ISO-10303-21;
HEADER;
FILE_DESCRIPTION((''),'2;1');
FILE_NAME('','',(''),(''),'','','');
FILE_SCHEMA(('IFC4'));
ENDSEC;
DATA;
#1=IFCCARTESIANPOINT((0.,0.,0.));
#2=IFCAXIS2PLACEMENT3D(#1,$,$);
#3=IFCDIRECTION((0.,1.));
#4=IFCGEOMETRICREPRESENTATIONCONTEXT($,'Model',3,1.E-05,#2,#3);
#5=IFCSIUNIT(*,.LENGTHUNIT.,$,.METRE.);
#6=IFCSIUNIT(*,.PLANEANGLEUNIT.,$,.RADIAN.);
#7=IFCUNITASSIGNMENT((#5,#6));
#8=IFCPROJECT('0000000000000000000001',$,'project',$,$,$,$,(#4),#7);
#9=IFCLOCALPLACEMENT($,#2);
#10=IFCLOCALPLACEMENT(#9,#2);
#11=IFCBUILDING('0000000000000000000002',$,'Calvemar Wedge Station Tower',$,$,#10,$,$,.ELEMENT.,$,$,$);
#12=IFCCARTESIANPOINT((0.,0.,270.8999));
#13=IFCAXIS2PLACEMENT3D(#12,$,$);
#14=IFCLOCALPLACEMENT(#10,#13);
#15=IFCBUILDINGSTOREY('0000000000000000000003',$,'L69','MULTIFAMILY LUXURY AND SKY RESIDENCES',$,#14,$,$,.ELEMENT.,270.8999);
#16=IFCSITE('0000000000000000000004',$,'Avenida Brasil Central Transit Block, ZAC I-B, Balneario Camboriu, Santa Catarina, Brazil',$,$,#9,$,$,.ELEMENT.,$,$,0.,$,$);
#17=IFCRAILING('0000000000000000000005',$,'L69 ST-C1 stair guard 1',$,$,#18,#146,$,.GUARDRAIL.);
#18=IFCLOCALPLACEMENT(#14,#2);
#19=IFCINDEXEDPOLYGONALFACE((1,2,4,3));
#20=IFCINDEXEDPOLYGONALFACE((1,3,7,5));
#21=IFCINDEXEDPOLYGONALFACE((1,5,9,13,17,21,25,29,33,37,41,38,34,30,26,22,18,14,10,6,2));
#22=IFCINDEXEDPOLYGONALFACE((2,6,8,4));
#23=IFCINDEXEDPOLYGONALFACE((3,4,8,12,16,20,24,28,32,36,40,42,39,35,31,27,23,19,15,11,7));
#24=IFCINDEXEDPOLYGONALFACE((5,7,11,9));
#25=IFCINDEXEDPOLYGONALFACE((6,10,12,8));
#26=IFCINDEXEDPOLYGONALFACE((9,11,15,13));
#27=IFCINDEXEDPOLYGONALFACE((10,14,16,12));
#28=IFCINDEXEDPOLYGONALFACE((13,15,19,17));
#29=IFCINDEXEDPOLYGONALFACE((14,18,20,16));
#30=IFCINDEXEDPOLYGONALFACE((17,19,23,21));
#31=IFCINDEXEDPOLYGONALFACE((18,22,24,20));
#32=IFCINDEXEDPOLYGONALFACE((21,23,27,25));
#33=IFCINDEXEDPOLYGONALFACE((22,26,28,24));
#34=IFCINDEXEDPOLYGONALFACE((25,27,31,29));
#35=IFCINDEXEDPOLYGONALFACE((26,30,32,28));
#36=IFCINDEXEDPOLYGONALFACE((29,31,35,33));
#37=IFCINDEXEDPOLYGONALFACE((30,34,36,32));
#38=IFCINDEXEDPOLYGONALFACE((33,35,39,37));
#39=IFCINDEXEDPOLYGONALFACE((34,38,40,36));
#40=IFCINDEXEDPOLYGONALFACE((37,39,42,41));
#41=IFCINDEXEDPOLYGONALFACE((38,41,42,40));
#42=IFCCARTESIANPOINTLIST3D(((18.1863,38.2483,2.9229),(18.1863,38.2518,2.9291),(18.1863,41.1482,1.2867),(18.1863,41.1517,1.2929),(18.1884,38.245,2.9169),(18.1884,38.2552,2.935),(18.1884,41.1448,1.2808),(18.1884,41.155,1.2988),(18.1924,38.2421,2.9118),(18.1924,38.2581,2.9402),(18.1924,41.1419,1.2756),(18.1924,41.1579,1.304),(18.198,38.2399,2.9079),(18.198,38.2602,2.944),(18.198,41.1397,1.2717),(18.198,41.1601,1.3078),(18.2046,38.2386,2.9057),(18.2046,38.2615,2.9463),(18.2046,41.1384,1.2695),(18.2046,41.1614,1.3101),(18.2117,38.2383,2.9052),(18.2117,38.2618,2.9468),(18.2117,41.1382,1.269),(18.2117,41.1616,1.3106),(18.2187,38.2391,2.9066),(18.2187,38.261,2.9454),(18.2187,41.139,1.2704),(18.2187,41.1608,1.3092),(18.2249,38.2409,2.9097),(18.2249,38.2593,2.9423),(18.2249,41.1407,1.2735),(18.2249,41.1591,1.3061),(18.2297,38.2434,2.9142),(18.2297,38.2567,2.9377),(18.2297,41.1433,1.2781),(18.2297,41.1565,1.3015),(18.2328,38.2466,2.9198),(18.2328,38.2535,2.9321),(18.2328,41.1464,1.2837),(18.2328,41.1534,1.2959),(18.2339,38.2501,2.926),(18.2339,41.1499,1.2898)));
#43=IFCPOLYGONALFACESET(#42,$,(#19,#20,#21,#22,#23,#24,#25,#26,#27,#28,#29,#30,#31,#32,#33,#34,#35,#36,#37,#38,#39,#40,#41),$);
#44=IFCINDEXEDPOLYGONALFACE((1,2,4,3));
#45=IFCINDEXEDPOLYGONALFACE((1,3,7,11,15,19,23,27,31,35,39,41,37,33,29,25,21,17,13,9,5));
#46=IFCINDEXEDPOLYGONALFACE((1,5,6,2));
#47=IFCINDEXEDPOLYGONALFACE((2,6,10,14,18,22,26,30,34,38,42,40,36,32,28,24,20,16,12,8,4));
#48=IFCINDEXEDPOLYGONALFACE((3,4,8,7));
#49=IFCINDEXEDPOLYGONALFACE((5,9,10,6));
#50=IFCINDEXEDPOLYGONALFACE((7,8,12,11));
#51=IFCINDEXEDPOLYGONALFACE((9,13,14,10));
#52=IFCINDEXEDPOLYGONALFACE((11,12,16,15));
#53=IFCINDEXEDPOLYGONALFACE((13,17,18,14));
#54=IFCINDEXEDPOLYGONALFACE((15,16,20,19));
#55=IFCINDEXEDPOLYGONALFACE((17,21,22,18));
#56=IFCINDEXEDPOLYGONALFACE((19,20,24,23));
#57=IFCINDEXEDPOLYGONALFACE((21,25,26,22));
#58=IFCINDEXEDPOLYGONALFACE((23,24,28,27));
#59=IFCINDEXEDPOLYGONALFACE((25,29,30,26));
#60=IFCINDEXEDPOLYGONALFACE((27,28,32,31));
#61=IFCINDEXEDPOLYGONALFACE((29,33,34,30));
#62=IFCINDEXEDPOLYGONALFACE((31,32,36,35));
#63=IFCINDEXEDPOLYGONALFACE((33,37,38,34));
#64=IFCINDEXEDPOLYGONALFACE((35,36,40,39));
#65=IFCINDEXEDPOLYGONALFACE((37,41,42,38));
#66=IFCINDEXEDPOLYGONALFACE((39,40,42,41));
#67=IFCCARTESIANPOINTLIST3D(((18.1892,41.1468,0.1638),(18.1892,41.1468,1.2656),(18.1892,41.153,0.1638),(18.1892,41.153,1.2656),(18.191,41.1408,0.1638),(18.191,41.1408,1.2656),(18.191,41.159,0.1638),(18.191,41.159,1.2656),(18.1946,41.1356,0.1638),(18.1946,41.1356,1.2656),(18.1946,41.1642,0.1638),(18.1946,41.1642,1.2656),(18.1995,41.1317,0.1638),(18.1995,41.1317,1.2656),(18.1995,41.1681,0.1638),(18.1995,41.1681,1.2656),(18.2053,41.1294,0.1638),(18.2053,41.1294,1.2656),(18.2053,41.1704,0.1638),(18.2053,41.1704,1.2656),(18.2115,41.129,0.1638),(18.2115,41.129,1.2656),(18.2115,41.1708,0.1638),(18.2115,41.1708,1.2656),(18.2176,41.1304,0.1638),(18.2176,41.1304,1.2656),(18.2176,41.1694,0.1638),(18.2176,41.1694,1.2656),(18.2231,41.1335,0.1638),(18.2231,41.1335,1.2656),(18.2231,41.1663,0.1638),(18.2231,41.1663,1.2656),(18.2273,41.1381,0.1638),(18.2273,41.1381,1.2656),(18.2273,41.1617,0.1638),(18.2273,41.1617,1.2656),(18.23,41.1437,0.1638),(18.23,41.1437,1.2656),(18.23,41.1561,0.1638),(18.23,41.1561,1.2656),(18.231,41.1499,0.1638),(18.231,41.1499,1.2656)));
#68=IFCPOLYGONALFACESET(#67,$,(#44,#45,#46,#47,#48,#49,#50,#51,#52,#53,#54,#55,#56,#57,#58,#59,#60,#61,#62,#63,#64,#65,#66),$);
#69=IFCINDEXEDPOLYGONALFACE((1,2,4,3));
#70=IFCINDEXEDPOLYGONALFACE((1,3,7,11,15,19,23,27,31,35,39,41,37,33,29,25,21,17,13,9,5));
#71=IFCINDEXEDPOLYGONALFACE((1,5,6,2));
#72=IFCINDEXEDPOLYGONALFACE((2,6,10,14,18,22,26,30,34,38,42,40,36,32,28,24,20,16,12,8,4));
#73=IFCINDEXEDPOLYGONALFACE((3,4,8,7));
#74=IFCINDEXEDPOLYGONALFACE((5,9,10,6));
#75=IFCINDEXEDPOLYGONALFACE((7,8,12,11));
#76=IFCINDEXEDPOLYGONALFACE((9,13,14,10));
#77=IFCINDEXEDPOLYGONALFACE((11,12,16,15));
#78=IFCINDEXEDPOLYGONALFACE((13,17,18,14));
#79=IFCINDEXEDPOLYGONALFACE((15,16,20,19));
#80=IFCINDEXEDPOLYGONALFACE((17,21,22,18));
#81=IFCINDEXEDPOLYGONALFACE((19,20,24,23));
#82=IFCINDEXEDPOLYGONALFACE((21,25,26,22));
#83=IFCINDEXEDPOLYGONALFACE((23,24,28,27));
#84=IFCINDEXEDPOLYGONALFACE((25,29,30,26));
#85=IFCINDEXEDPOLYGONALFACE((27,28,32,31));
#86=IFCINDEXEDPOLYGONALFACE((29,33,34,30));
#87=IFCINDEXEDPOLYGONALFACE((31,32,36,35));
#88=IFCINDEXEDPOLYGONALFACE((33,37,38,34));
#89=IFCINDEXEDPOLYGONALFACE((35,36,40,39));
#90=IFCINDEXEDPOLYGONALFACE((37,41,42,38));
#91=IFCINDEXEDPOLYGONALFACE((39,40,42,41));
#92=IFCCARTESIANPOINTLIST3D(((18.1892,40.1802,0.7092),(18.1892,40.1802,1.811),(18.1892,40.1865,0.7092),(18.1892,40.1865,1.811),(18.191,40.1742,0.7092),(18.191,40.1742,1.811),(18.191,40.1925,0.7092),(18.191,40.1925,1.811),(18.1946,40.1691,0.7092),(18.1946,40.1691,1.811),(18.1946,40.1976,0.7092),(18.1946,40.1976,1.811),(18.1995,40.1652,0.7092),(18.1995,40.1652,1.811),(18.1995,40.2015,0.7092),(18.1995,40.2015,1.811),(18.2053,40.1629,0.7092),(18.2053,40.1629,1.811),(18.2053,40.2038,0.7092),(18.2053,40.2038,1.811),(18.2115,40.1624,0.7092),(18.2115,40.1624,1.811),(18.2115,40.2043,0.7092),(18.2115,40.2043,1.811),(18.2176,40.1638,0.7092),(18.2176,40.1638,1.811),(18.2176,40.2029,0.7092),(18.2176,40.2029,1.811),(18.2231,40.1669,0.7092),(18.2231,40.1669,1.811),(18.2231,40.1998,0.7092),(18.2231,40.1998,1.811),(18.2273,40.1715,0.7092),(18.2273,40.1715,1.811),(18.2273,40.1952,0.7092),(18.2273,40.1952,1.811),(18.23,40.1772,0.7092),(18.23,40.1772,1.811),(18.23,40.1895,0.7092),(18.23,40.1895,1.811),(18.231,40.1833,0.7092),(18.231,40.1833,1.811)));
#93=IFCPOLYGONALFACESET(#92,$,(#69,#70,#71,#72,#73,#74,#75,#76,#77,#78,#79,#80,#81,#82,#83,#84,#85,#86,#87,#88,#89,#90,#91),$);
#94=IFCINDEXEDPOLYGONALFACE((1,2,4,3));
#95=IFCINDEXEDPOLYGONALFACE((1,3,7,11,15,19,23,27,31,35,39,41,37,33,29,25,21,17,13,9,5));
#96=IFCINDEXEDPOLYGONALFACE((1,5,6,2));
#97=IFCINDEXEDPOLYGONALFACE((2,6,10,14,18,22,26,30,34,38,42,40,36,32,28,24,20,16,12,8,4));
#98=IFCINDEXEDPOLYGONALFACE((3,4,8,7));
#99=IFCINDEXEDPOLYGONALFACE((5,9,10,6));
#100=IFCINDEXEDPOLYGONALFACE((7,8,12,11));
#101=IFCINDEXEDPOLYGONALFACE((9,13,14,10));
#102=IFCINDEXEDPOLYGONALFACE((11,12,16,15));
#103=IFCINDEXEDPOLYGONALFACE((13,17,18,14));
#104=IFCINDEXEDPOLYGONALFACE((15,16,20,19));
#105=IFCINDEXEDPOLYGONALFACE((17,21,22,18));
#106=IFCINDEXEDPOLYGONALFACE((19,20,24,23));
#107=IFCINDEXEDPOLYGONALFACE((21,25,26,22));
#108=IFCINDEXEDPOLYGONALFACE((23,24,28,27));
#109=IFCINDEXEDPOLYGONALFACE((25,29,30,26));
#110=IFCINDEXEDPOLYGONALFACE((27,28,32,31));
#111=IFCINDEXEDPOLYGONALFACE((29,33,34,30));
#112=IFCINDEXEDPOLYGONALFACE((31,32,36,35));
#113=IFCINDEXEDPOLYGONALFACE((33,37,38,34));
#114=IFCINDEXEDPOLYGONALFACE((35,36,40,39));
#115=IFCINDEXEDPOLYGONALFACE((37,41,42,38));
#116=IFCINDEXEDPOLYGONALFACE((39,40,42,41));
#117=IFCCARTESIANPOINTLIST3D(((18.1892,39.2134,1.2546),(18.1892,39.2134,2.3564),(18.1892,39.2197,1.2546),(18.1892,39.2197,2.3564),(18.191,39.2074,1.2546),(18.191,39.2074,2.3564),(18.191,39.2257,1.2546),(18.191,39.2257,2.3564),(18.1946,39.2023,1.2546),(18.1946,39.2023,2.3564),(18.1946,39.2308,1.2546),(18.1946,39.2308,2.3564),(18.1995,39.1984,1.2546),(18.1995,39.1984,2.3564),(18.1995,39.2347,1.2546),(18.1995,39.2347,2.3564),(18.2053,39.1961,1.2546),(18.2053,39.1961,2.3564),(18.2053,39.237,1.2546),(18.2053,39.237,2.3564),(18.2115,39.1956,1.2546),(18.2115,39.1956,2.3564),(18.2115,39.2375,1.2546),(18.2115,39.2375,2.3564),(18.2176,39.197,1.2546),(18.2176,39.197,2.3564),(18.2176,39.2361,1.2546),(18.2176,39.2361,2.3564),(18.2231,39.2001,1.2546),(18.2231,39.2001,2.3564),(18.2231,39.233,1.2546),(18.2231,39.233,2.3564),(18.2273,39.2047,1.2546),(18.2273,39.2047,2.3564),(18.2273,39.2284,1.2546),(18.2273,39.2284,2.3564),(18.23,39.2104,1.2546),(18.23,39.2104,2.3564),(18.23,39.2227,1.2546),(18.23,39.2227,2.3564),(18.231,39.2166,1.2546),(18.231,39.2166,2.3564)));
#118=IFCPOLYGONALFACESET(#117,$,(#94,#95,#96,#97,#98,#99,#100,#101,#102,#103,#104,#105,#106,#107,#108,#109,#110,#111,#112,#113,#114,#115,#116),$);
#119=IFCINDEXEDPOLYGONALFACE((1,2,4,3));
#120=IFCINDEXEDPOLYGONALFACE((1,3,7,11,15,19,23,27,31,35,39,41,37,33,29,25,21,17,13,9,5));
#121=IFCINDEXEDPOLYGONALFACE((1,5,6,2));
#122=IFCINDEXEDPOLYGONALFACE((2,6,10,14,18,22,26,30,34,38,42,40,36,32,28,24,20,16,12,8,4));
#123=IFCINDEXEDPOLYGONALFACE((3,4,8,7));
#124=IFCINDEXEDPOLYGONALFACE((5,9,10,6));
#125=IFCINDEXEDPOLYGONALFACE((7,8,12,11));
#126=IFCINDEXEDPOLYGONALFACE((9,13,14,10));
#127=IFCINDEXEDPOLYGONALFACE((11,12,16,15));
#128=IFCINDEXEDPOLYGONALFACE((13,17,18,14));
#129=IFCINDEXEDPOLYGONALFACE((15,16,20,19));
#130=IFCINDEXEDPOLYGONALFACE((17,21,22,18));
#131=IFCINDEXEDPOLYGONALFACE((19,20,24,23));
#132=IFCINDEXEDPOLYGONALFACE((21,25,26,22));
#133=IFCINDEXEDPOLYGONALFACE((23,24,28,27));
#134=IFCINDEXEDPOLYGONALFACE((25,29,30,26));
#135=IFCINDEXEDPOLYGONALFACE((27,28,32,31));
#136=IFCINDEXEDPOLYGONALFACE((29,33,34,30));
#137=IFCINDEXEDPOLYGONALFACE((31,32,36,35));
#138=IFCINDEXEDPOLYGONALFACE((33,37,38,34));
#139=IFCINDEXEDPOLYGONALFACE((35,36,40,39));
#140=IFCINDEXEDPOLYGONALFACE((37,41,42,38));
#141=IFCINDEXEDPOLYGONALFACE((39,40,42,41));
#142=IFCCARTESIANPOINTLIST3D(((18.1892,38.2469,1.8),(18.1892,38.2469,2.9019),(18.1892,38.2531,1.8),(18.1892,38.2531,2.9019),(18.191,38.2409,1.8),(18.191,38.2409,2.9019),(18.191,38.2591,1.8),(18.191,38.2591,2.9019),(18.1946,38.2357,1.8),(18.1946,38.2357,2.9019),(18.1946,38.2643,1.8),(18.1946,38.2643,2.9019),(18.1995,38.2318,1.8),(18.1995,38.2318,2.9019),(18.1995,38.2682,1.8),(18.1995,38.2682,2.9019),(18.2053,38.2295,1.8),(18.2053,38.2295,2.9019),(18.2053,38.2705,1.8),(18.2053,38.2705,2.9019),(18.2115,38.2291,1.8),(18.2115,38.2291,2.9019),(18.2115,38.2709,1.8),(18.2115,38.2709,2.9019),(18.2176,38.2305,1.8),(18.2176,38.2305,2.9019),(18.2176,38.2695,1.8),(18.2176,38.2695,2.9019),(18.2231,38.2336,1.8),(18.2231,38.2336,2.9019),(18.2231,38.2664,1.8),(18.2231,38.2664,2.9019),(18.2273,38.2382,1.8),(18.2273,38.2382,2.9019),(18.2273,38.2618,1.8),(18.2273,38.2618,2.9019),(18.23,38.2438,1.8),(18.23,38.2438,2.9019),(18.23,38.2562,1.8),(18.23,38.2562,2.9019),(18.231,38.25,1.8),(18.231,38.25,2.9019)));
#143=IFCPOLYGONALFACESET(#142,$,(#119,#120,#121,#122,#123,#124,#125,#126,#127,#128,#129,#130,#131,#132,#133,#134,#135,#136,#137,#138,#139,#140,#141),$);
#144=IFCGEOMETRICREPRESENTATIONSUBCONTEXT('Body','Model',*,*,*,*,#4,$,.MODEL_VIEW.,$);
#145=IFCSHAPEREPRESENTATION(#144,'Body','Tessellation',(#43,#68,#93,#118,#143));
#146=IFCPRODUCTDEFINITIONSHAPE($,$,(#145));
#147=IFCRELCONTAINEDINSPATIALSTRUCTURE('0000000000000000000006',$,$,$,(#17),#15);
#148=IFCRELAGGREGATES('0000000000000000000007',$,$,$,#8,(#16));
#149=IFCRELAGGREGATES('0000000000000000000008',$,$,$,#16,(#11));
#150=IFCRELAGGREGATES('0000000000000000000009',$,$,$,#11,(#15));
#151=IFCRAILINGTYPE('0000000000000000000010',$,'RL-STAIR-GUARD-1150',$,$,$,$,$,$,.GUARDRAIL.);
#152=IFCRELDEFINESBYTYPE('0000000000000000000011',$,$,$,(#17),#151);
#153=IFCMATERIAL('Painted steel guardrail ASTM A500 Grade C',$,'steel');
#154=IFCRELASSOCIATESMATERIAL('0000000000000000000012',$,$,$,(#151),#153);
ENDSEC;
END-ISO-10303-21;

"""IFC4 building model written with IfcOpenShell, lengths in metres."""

from ifc_helpers import new_model, si_unit, direction, frame, origin, origin_2d, place, context, subcontext, project, spatial, circle, extrude, material, type_object, element, save


model = new_model("IFC4")

# Units and contexts
model_context = context("Model", 3, precision=1e-05, world=origin(), true_north=direction((0.0, 1.0)))
body_context = subcontext(model_context, "Body", "Model", "MODEL_VIEW")
ifc_project = project(units=[si_unit("LENGTHUNIT", "METRE"), si_unit("PLANEANGLEUNIT", "RADIAN")], contexts=[model_context])

# Site, building, storey
site_placement = place(None, origin())
site = spatial("IfcSite", under=ifc_project, at=site_placement, Name="Avenida Brasil Central Transit Block, ZAC I-B, Balneario Camboriu, Santa Catarina, Brazil", CompositionType="ELEMENT", RefElevation=0.0)
building_placement = place(site_placement, origin())
building = spatial("IfcBuilding", under=site, at=building_placement, Name="Calvemar Wedge Station Tower", CompositionType="ELEMENT")
storey_placement = place(building_placement, frame((0.0, 0.0, 270.8999)))
storey = spatial("IfcBuildingStorey", under=building, at=storey_placement, Name="L69", Description="MULTIFAMILY LUXURY AND SKY RESIDENCES", CompositionType="ELEMENT", Elevation=270.8999)

# Railing
ifc_material_1 = material(Name="Painted steel guardrail ASTM A500 Grade C", Category="steel")
railing_type_1 = type_object("IfcRailingType", Name="RL-STAIR-GUARD-1150", PredefinedType="GUARDRAIL", material=ifc_material_1)
railing_1_placement = place(storey_placement, frame((18.21, 41.1499, 0.1638)))
element("IfcRailing", 1, at=railing_1_placement, inside=storey, type_object=railing_type_1, Name="L69 ST-C1 stair guard 1", PredefinedType="GUARDRAIL", context=body_context, shape_type="SweptSolid", body=[
    extrude(circle(Radius=0.0239, at=origin_2d()), frame((0.0, 0.0, 1.126), z_axis=(0.0, -0.870929, 0.49141), x_axis=(1.0, 0.0, 0.0)), (0.0, 0.0, 1.0), 3.3296),
    extrude(circle(Radius=0.021, at=origin_2d()), origin(), (0.0, 0.0, 1.0), 1.1018),
    extrude(circle(Radius=0.021, at=origin_2d()), frame((0.0, -0.9666, 0.5454)), (0.0, 0.0, 1.0), 1.1018),
    extrude(circle(Radius=0.021, at=origin_2d()), frame((0.0, -1.9333, 1.0908)), (0.0, 0.0, 1.0), 1.1018),
    extrude(circle(Radius=0.021, at=origin_2d()), frame((0.0, -2.8999, 1.6362)), (0.0, 0.0, 1.0), 1.1018),
])

save(model, "model.ifc")
